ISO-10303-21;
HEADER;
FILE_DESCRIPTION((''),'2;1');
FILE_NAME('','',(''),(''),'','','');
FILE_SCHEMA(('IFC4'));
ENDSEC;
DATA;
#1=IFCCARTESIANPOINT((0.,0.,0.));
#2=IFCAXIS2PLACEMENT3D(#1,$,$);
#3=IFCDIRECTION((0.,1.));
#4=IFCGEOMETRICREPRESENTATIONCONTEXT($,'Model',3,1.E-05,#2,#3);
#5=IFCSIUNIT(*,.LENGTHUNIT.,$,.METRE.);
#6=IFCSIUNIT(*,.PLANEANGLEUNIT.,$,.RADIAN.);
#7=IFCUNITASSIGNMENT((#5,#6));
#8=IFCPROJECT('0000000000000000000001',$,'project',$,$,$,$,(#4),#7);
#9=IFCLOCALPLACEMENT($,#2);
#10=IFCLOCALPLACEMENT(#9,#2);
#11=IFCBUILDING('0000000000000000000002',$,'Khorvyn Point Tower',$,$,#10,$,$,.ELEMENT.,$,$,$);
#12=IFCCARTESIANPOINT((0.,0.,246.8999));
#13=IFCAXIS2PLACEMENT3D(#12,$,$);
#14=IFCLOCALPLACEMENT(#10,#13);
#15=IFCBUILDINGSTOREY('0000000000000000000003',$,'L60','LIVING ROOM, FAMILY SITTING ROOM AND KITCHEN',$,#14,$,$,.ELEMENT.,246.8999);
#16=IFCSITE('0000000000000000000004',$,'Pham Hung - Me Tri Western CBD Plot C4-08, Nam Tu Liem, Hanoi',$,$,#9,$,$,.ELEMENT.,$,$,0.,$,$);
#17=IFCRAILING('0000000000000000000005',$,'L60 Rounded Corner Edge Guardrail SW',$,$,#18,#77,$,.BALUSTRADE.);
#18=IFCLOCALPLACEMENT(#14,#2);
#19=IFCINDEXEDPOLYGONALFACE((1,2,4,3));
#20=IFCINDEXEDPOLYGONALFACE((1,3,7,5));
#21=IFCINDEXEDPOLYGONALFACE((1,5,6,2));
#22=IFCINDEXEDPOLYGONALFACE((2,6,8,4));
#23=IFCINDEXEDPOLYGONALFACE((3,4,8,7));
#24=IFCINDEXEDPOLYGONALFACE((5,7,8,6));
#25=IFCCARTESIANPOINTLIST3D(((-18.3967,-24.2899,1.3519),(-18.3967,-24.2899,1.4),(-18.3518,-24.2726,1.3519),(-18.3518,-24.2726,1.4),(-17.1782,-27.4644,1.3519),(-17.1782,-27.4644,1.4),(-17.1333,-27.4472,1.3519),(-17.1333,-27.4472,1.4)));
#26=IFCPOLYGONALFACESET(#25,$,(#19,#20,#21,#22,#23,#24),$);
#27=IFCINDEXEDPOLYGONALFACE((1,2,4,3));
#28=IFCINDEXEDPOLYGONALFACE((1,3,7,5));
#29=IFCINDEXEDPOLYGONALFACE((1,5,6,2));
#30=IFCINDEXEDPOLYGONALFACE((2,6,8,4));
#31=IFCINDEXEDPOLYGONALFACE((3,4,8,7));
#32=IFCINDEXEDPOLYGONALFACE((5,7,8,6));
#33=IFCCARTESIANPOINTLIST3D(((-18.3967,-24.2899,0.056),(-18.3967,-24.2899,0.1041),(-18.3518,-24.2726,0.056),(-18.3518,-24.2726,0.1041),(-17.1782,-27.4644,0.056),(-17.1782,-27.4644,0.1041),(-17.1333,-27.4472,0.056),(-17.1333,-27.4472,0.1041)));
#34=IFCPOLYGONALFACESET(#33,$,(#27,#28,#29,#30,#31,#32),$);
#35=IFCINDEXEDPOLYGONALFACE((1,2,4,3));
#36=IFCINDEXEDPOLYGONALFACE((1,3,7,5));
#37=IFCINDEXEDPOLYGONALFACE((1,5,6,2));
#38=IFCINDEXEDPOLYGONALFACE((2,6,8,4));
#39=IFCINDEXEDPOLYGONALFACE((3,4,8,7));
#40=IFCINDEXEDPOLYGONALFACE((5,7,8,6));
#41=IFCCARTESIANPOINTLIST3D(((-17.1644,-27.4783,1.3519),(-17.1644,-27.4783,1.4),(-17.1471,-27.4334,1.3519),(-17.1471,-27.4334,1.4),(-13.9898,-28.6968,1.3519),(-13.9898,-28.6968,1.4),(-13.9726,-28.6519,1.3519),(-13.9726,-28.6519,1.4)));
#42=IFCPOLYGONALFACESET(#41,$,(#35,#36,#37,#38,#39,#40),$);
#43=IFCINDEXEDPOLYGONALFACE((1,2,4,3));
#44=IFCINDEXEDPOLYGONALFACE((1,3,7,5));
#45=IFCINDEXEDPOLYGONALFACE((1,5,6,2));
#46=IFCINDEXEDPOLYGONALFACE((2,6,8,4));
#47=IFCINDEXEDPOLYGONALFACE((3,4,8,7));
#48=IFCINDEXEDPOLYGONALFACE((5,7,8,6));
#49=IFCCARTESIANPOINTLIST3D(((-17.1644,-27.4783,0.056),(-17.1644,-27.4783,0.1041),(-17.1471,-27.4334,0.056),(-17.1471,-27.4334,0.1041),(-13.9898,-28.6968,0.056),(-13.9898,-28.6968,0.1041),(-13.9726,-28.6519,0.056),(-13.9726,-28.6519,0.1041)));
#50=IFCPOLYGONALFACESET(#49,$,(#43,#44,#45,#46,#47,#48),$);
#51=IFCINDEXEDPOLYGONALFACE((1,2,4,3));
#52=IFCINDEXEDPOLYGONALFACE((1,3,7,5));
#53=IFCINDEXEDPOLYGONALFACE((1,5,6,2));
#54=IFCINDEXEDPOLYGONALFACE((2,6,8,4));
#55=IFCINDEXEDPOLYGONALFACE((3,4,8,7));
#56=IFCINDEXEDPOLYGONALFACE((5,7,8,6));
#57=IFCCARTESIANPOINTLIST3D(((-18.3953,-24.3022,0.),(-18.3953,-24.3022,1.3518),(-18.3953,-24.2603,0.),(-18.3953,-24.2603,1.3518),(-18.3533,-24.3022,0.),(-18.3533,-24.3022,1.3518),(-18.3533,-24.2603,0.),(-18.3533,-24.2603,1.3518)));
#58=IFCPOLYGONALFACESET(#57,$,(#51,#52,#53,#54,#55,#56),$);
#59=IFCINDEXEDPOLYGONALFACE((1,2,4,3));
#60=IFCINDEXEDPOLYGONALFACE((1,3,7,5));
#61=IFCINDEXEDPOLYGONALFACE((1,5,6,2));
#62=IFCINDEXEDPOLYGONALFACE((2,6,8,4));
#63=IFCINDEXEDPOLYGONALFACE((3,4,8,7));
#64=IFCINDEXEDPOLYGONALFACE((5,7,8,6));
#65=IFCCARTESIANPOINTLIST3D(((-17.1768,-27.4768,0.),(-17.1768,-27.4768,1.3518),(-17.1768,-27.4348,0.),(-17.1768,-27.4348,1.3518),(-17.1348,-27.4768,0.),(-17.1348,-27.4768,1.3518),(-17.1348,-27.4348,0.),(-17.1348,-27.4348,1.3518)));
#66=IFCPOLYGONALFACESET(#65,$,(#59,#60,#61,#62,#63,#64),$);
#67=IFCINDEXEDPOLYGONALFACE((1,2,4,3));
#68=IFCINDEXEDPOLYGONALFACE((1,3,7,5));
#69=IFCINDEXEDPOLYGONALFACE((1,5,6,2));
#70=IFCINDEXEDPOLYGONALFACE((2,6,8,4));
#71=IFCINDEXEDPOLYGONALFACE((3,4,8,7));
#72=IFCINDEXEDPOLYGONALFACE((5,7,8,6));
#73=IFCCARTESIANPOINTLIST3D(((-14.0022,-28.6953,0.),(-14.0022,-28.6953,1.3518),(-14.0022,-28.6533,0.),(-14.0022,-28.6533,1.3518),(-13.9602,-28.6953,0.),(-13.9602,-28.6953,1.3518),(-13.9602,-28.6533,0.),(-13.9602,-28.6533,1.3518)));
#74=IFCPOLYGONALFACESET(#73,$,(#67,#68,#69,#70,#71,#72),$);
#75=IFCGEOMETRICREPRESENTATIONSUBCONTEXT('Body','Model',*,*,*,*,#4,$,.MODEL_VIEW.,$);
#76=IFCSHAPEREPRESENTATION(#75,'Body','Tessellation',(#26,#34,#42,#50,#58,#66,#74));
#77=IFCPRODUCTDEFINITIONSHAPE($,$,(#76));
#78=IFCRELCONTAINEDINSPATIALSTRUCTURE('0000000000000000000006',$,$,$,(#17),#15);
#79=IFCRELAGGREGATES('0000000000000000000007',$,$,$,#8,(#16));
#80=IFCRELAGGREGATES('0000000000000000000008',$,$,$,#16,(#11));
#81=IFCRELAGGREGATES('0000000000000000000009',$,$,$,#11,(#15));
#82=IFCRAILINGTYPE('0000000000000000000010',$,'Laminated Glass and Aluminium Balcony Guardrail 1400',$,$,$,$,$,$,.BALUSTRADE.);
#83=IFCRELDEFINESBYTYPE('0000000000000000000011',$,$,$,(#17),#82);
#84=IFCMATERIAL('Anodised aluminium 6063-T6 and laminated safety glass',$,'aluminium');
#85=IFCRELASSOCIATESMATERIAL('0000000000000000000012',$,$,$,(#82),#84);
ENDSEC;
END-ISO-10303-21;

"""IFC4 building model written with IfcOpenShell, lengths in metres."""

from ifc_helpers import new_model, si_unit, direction, frame, origin, origin_2d, place, context, subcontext, project, spatial, rectangle, extrude, material, type_object, element, save


model = new_model("IFC4")

# Units and contexts
model_context = context("Model", 3, precision=1e-05, world=origin(), true_north=direction((0.0, 1.0)))
body_context = subcontext(model_context, "Body", "Model", "MODEL_VIEW")
ifc_project = project(units=[si_unit("LENGTHUNIT", "METRE"), si_unit("PLANEANGLEUNIT", "RADIAN")], contexts=[model_context])

# Site, building, storey
site_placement = place(None, origin())
site = spatial("IfcSite", under=ifc_project, at=site_placement, Name="Pham Hung - Me Tri Western CBD Plot C4-08, Nam Tu Liem, Hanoi", CompositionType="ELEMENT", RefElevation=0.0)
building_placement = place(site_placement, origin())
building = spatial("IfcBuilding", under=site, at=building_placement, Name="Khorvyn Point Tower", CompositionType="ELEMENT")
storey_placement = place(building_placement, frame((0.0, 0.0, 246.8999)))
storey = spatial("IfcBuildingStorey", under=building, at=storey_placement, Name="L60", Description="LIVING ROOM, FAMILY SITTING ROOM AND KITCHEN", CompositionType="ELEMENT", Elevation=246.8999)

# Railing
ifc_material_1 = material(Name="Anodised aluminium 6063-T6 and laminated safety glass", Category="aluminium")
railing_type = type_object("IfcRailingType", Name="Laminated Glass and Aluminium Balcony Guardrail 1400", PredefinedType="BALUSTRADE", material=ifc_material_1)
railing_placement = place(storey_placement, frame((-18.3743, -24.2812, 0.0)))
element("IfcRailing", 1, at=railing_placement, inside=storey, type_object=railing_type, Name="L60 Rounded Corner Edge Guardrail SW", PredefinedType="BALUSTRADE", context=body_context, shape_type="SweptSolid", body=[
    extrude(rectangle(XDim=0.0481, YDim=0.0481, at=origin_2d()), frame((0.0, 0.0, 1.376), z_axis=(0.358344, -0.93359, 0.0), x_axis=(0.93359, 0.358344, 0.0)), (0.0, 0.0, 1.0), 3.4004),
    extrude(rectangle(XDim=0.0481, YDim=0.0481, at=origin_2d()), frame((0.0, 0.0, 0.0801), z_axis=(0.358344, -0.93359, 0.0), x_axis=(0.93359, 0.358344, 0.0)), (0.0, 0.0, 1.0), 3.4004),
    extrude(rectangle(XDim=0.0481, YDim=0.0481, at=origin_2d()), frame((1.2185, -3.1746, 1.376), z_axis=(0.93359, -0.358344, 0.0), x_axis=(0.358344, 0.93359, 0.0)), (0.0, 0.0, 1.0), 3.4004),
    extrude(rectangle(XDim=0.0481, YDim=0.0481, at=origin_2d()), frame((1.2185, -3.1746, 0.0801), z_axis=(0.93359, -0.358344, 0.0), x_axis=(0.358344, 0.93359, 0.0)), (0.0, 0.0, 1.0), 3.4004),
    extrude(rectangle(XDim=0.042, YDim=0.042, at=origin_2d()), origin(), (0.0, 0.0, 1.0), 1.3518),
    extrude(rectangle(XDim=0.042, YDim=0.042, at=origin_2d()), frame((1.2185, -3.1746, 0.0)), (0.0, 0.0, 1.0), 1.3518),
    extrude(rectangle(XDim=0.042, YDim=0.042, at=origin_2d()), frame((4.3931, -4.3931, 0.0)), (0.0, 0.0, 1.0), 1.3518),
])

save(model, "model.ifc")
